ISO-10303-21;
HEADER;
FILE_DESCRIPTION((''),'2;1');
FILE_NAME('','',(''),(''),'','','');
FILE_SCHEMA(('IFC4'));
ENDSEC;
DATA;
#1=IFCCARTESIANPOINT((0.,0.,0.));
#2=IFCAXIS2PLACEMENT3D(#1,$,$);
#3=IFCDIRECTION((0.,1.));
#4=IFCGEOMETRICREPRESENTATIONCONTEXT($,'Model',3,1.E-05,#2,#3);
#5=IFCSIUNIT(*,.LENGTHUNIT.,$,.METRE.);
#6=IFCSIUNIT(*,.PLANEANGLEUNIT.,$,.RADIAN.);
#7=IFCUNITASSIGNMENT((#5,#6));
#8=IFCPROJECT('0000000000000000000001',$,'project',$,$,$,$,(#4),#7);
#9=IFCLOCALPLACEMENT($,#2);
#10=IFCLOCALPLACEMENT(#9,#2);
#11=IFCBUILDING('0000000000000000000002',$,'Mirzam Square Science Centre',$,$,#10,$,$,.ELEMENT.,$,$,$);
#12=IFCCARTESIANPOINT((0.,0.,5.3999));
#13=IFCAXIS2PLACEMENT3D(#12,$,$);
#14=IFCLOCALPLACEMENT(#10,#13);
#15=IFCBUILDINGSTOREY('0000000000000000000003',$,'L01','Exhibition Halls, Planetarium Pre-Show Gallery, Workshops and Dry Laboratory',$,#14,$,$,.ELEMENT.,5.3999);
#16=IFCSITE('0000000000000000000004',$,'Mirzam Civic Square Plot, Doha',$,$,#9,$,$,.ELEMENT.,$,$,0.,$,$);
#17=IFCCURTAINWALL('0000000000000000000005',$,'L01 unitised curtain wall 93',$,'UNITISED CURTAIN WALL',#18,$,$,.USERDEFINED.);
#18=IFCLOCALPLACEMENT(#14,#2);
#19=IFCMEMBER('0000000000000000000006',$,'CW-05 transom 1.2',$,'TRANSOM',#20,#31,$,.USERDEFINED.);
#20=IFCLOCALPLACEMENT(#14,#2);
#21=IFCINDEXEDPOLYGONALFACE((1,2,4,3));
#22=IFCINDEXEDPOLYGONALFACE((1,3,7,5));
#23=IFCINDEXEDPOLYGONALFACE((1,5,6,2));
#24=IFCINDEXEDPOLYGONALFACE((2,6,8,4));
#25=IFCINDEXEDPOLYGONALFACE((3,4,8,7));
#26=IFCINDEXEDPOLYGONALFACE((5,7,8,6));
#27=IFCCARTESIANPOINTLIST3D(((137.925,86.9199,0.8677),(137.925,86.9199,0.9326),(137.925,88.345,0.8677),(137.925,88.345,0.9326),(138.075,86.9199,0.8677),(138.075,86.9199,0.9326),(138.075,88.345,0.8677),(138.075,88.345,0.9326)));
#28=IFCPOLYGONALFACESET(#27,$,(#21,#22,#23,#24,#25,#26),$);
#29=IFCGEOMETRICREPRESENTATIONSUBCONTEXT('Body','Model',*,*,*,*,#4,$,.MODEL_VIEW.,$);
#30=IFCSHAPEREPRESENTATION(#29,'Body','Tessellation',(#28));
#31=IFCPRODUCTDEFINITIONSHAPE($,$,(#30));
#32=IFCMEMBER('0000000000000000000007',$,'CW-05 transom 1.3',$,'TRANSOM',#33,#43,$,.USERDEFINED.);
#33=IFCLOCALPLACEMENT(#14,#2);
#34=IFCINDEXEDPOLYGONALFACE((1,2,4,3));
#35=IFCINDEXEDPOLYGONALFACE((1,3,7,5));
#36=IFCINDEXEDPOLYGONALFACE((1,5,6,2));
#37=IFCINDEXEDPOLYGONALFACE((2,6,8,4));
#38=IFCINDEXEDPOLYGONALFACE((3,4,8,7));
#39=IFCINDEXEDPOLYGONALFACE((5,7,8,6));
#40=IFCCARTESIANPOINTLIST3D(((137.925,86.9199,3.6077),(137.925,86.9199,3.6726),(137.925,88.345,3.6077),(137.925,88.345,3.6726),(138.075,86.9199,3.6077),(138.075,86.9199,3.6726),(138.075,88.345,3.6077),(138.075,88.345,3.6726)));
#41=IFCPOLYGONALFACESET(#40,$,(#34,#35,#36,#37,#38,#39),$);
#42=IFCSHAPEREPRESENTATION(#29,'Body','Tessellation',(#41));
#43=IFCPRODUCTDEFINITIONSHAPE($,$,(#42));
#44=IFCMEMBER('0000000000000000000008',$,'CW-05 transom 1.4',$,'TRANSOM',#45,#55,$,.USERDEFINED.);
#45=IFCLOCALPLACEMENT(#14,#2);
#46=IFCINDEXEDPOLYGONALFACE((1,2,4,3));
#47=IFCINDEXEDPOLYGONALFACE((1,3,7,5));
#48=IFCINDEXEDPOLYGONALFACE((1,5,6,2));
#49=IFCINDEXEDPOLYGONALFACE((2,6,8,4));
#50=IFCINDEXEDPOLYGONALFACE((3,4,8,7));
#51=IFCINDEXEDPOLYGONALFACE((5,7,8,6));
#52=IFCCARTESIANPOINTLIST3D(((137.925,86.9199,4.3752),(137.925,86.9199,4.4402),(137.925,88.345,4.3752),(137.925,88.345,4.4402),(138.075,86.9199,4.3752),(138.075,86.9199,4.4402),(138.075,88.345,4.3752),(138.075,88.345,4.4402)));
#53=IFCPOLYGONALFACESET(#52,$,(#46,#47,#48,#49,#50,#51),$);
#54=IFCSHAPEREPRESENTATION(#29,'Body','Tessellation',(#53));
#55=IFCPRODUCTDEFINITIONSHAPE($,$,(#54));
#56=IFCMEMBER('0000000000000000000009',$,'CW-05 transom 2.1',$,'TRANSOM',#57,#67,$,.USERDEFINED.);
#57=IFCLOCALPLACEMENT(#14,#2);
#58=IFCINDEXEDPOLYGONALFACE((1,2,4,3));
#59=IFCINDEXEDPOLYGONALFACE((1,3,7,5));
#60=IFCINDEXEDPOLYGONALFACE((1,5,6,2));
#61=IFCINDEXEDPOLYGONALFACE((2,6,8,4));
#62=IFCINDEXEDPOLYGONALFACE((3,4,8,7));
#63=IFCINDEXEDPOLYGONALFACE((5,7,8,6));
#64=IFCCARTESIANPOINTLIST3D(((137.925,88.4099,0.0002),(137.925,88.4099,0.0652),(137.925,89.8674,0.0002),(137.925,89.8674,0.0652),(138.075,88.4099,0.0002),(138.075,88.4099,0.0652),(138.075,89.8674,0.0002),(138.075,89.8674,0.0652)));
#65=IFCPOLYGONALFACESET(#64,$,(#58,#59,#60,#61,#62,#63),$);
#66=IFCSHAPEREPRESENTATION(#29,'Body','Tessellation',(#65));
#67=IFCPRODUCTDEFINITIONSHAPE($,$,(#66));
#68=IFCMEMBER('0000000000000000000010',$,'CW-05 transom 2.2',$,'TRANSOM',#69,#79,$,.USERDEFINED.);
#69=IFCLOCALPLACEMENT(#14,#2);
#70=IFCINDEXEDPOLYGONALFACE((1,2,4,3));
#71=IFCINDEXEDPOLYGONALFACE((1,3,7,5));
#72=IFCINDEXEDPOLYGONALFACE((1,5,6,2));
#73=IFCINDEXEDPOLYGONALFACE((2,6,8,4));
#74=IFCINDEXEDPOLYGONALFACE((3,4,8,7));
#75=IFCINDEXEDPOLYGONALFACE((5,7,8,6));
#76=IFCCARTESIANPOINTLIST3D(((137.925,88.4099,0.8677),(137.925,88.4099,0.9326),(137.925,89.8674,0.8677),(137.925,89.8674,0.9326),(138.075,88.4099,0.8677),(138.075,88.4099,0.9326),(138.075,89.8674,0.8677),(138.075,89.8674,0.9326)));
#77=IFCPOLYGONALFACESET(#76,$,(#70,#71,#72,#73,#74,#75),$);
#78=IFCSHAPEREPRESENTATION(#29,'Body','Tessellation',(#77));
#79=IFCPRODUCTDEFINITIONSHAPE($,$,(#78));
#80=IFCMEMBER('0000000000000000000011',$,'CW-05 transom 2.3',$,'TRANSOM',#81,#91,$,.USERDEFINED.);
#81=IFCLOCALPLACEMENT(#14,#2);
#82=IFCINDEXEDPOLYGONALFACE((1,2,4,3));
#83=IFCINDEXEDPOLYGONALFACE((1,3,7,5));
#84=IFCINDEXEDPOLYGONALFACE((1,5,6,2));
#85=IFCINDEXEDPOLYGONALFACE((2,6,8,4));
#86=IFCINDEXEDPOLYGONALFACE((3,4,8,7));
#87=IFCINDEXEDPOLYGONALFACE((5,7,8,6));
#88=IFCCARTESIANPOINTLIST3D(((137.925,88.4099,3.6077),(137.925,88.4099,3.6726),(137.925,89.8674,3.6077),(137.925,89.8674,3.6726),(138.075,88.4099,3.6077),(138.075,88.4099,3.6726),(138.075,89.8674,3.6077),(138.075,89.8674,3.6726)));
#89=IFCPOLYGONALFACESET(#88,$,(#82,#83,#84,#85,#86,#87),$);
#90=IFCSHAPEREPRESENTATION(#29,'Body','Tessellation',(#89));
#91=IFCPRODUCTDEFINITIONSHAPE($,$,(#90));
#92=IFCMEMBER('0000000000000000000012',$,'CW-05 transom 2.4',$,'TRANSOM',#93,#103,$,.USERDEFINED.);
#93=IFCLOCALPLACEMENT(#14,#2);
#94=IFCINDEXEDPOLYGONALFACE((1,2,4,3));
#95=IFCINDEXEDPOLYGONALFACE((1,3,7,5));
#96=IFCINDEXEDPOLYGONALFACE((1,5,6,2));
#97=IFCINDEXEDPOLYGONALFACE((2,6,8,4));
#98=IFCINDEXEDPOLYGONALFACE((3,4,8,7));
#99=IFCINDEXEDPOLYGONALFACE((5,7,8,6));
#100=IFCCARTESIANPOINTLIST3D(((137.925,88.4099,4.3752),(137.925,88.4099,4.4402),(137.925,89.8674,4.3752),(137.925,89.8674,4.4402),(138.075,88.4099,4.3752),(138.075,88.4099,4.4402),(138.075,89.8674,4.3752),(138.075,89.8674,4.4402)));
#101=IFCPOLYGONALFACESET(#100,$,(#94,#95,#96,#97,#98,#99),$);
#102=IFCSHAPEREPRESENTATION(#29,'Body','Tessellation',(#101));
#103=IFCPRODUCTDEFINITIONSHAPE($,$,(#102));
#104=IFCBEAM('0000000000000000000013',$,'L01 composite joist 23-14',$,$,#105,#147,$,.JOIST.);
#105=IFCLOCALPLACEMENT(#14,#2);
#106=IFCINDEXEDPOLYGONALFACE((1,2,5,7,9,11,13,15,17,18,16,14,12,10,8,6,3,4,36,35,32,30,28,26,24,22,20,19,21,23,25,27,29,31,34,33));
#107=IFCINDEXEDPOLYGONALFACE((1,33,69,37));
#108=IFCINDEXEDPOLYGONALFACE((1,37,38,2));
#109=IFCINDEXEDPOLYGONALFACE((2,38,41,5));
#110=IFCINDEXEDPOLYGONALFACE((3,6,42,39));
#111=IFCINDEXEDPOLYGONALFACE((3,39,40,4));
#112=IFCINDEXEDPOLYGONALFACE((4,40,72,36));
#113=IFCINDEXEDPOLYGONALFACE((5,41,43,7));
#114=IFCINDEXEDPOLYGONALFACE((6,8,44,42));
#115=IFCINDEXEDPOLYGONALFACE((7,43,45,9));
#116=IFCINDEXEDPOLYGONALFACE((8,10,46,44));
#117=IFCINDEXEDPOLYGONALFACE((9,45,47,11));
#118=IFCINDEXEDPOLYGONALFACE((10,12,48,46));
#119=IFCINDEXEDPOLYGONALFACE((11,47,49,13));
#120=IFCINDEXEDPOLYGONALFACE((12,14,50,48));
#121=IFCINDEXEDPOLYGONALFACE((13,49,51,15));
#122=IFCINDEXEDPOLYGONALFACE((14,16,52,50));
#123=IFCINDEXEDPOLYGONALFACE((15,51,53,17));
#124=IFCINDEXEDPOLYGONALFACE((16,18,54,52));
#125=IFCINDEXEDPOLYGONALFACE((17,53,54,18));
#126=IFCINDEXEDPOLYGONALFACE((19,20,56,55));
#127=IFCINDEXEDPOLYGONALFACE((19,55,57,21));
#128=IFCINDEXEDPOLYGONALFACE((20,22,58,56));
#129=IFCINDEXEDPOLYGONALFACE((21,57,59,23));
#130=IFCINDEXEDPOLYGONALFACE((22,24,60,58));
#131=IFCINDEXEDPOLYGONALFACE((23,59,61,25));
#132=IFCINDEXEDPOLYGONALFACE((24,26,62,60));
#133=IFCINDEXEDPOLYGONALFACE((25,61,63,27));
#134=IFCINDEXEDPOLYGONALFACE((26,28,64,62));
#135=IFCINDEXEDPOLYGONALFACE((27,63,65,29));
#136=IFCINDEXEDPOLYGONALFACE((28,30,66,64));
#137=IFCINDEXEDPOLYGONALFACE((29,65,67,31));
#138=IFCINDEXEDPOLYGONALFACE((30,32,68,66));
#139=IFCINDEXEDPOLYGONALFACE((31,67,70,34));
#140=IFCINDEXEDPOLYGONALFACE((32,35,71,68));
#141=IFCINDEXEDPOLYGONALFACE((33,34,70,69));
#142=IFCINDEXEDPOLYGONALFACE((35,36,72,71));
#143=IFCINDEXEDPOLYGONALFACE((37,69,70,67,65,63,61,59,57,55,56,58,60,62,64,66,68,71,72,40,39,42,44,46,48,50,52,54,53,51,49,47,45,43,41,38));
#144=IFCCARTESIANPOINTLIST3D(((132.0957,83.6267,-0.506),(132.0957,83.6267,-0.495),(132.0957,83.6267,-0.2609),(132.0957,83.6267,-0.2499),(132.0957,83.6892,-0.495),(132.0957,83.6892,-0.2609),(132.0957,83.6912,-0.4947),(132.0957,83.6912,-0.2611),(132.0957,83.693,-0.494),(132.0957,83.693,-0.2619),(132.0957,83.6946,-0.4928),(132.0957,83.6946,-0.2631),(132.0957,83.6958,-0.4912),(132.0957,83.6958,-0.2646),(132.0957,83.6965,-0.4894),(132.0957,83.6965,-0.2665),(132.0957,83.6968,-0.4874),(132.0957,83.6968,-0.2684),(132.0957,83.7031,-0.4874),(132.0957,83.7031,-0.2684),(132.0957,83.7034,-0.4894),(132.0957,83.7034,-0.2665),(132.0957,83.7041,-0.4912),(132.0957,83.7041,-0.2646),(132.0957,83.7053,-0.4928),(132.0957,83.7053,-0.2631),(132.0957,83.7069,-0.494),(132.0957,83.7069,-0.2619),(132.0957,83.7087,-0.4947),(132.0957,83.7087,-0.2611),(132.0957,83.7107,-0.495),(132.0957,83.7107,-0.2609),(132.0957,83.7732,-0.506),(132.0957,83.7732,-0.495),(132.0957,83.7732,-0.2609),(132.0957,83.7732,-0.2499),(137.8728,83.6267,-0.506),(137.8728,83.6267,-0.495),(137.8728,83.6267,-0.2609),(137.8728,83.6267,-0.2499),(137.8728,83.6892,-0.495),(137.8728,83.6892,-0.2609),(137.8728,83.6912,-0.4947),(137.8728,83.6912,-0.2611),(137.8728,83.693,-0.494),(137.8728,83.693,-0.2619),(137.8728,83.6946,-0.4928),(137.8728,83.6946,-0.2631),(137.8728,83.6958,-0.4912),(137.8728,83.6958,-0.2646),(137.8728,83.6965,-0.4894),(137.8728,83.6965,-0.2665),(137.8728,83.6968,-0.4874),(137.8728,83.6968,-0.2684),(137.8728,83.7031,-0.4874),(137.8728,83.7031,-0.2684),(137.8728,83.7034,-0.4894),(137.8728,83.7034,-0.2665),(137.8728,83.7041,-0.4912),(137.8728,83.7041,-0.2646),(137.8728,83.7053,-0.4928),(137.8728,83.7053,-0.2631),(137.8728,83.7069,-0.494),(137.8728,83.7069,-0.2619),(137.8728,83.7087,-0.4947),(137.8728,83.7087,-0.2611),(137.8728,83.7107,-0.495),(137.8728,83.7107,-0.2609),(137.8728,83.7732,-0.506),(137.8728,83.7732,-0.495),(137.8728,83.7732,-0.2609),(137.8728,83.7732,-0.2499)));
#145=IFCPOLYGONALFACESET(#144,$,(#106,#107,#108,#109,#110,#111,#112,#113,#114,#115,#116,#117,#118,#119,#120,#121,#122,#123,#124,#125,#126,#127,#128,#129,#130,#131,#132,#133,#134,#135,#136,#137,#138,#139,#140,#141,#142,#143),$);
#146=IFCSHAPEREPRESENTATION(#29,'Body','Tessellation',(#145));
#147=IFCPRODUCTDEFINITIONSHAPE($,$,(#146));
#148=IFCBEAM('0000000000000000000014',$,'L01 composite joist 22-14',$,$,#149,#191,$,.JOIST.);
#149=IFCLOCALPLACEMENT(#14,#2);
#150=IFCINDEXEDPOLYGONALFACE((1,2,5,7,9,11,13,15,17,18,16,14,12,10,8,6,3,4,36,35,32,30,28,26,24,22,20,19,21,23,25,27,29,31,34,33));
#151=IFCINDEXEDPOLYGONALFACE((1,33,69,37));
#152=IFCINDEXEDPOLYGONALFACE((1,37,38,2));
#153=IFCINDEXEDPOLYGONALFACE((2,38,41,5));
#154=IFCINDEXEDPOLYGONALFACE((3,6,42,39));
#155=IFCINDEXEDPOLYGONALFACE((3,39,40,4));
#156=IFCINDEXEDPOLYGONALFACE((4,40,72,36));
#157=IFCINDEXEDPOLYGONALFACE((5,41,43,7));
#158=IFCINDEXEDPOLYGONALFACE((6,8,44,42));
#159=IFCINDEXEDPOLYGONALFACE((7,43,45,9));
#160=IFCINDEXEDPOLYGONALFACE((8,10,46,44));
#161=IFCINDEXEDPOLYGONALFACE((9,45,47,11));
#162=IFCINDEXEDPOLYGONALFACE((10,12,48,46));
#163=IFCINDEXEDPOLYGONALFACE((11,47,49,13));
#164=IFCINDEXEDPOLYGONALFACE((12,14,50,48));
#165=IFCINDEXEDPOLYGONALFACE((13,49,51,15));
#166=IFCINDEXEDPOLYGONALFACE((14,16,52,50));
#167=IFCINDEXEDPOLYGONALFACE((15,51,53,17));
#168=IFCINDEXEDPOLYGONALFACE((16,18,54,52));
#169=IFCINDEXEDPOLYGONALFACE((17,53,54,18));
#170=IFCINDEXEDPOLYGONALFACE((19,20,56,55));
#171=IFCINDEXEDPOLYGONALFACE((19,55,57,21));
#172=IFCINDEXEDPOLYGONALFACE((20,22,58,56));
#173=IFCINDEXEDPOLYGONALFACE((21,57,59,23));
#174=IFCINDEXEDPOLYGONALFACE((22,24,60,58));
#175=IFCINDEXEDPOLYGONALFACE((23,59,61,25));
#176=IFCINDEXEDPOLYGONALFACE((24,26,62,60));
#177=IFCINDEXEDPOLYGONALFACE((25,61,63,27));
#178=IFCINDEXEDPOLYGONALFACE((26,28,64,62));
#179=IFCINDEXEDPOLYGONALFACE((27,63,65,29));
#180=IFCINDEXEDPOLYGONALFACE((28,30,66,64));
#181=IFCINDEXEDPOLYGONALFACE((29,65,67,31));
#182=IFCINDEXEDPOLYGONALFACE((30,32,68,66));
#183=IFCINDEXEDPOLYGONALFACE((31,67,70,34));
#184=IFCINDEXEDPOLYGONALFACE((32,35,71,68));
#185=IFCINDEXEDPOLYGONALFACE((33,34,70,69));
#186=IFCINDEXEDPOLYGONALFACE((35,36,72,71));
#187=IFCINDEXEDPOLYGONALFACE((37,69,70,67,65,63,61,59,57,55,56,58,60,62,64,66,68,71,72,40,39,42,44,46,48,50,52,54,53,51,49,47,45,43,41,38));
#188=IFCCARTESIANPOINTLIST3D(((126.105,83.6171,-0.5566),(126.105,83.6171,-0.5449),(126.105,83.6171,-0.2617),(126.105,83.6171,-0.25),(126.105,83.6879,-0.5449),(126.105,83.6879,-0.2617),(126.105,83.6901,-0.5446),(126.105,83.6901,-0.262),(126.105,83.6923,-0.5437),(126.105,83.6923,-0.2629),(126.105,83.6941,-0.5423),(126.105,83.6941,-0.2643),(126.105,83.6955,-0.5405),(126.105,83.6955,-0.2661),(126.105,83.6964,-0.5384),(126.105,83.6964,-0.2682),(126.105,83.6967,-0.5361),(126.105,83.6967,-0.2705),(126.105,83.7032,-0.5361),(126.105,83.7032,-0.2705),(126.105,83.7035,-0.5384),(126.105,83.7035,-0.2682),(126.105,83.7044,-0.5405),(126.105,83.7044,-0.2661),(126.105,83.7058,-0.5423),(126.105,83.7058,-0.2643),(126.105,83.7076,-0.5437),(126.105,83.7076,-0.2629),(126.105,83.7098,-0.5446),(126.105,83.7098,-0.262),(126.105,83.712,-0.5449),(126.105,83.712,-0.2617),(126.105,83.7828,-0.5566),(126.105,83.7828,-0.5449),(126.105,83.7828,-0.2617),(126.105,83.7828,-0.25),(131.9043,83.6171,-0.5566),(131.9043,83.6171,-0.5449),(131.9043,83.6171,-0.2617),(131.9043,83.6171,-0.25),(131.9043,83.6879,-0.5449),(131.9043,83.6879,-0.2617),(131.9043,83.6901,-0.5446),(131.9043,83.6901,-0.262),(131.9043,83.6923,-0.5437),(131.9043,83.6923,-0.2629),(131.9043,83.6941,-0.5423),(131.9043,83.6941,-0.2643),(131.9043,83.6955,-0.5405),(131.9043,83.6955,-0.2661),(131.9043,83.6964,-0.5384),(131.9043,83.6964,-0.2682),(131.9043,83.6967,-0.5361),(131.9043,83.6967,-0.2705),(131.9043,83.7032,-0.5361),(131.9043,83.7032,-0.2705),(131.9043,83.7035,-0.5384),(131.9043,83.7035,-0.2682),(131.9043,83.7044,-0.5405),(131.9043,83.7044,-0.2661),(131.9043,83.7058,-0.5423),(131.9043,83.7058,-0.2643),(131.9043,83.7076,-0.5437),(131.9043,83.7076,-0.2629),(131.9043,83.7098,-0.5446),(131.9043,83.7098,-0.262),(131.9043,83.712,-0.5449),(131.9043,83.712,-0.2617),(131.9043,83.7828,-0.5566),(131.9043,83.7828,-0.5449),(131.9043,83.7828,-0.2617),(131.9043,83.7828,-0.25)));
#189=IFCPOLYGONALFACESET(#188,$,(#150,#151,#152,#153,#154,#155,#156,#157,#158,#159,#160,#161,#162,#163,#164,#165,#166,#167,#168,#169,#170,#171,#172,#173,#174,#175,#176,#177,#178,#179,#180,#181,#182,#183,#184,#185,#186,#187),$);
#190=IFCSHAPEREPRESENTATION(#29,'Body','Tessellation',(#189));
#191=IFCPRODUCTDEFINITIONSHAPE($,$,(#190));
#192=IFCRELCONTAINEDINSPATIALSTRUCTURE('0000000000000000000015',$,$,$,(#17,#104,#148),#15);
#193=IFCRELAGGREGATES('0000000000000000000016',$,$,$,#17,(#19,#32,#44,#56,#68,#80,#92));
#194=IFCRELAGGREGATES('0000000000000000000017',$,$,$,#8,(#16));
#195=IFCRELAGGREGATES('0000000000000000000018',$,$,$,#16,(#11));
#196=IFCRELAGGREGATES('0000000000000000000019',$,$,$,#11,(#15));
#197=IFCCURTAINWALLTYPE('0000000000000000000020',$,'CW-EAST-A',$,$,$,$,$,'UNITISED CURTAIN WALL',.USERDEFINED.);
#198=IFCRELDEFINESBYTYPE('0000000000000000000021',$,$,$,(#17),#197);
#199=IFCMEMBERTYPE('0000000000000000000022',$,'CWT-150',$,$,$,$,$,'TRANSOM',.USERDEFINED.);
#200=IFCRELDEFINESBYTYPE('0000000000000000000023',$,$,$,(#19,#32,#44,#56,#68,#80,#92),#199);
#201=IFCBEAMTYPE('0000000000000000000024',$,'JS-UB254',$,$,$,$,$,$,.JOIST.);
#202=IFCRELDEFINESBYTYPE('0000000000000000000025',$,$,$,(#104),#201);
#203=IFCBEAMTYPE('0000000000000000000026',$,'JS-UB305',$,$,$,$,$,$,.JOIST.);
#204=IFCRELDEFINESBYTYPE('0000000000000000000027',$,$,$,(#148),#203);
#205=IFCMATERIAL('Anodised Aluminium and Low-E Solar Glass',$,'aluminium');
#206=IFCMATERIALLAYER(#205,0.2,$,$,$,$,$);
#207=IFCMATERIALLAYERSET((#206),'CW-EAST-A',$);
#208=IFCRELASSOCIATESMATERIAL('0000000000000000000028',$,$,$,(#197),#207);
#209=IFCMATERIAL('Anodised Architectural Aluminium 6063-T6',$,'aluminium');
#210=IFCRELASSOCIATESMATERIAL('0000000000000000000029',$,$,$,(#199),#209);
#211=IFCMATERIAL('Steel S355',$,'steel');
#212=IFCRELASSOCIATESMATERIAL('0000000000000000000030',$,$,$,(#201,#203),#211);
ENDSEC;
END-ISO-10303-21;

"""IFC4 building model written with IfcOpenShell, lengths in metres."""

from ifc_helpers import new_model, si_unit, direction, frame, origin, origin_2d, place, context, subcontext, project, spatial, rectangle, i_section, extrude, material, layer, layer_set, material_profile, profile_set, type_object, element, aggregate, save


model = new_model("IFC4")

# Units and contexts
model_context = context("Model", 3, precision=1e-05, world=origin(), true_north=direction((0.0, 1.0)))
body_context = subcontext(model_context, "Body", "Model", "MODEL_VIEW")
ifc_project = project(units=[si_unit("LENGTHUNIT", "METRE"), si_unit("PLANEANGLEUNIT", "RADIAN")], contexts=[model_context])

# Site, building, storey
site_placement = place(None, origin())
site = spatial("IfcSite", under=ifc_project, at=site_placement, Name="Mirzam Civic Square Plot, Doha", CompositionType="ELEMENT", RefElevation=0.0)
building_placement = place(site_placement, origin())
building = spatial("IfcBuilding", under=site, at=building_placement, Name="Mirzam Square Science Centre", CompositionType="ELEMENT")
storey_placement = place(building_placement, frame((0.0, 0.0, 5.3999)))
storey = spatial("IfcBuildingStorey", under=building, at=storey_placement, Name="L01", Description="Exhibition Halls, Planetarium Pre-Show Gallery, Workshops and Dry Laboratory", CompositionType="ELEMENT", Elevation=5.3999)

# Shared definitions
ifc_material_1 = material(Name="Steel S355", Category="steel")

# Curtain wall, members
ifc_material_2 = material(Name="Anodised Aluminium and Low-E Solar Glass", Category="aluminium")
ifc_layer_1 = layer(ifc_material_2, 0.2)
ifc_layer_set_1 = layer_set([ifc_layer_1], Name="CW-EAST-A")
curtain_wall_type = type_object("IfcCurtainWallType", Name="CW-EAST-A", ElementType="UNITISED CURTAIN WALL", PredefinedType="USERDEFINED", material=ifc_layer_set_1)
curtain_wall_placement = place(storey_placement, origin())
curtain_wall = element("IfcCurtainWall", 1, at=curtain_wall_placement, inside=storey, type_object=curtain_wall_type, Name="L01 unitised curtain wall 93", ObjectType="UNITISED CURTAIN WALL", PredefinedType="USERDEFINED")
ifc_material_3 = material(Name="Anodised Architectural Aluminium 6063-T6", Category="aluminium")
ifc_material_profile_1 = material_profile(ifc_material_3, rectangle(XDim=0.1499, YDim=0.0649, at=origin_2d()), Name="ALU-TRAN-150x65x4")
ifc_profile_set_1 = profile_set([ifc_material_profile_1], Name="Anodised Architectural Aluminium 6063-T6")
member_type_1 = type_object("IfcMemberType", Name="CWT-150", ElementType="TRANSOM", PredefinedType="USERDEFINED", material=ifc_profile_set_1)
member_1_placement = place(storey_placement, frame((138.0, 86.9199, 0.9001), z_axis=(0.0, 1.0, 0.0), x_axis=(-1.0, 0.0, 0.0)))
member_1 = element("IfcMember", 2, at=member_1_placement, type_object=member_type_1, Name="CW-05 transom 1.2", ObjectType="TRANSOM", PredefinedType="USERDEFINED", context=body_context, shape_type="SweptSolid", body=[
    extrude(rectangle(XDim=0.1499, YDim=0.0649, at=origin_2d()), origin(), (0.0, 0.0, 1.0), 1.425),
])
member_2_placement = place(storey_placement, frame((138.0, 86.9199, 3.6401), z_axis=(0.0, 1.0, 0.0), x_axis=(-1.0, 0.0, 0.0)))
member_2 = element("IfcMember", 3, at=member_2_placement, type_object=member_type_1, Name="CW-05 transom 1.3", ObjectType="TRANSOM", PredefinedType="USERDEFINED", context=body_context, shape_type="SweptSolid", body=[
    extrude(rectangle(XDim=0.1499, YDim=0.0649, at=origin_2d()), origin(), (0.0, 0.0, 1.0), 1.425),
])
member_3_placement = place(storey_placement, frame((138.0, 86.9199, 4.4077), z_axis=(0.0, 1.0, 0.0), x_axis=(-1.0, 0.0, 0.0)))
member_3 = element("IfcMember", 4, at=member_3_placement, type_object=member_type_1, Name="CW-05 transom 1.4", ObjectType="TRANSOM", PredefinedType="USERDEFINED", context=body_context, shape_type="SweptSolid", body=[
    extrude(rectangle(XDim=0.1499, YDim=0.0649, at=origin_2d()), origin(), (0.0, 0.0, 1.0), 1.425),
])
member_4_placement = place(storey_placement, frame((138.0, 88.4099, 0.0327), z_axis=(0.0, 1.0, 0.0), x_axis=(-1.0, 0.0, 0.0)))
member_4 = element("IfcMember", 5, at=member_4_placement, type_object=member_type_1, Name="CW-05 transom 2.1", ObjectType="TRANSOM", PredefinedType="USERDEFINED", context=body_context, shape_type="SweptSolid", body=[
    extrude(rectangle(XDim=0.1499, YDim=0.0649, at=origin_2d()), origin(), (0.0, 0.0, 1.0), 1.4575),
])
member_5_placement = place(storey_placement, frame((138.0, 88.4099, 0.9001), z_axis=(0.0, 1.0, 0.0), x_axis=(-1.0, 0.0, 0.0)))
member_5 = element("IfcMember", 6, at=member_5_placement, type_object=member_type_1, Name="CW-05 transom 2.2", ObjectType="TRANSOM", PredefinedType="USERDEFINED", context=body_context, shape_type="SweptSolid", body=[
    extrude(rectangle(XDim=0.1499, YDim=0.0649, at=origin_2d()), origin(), (0.0, 0.0, 1.0), 1.4575),
])
member_6_placement = place(storey_placement, frame((138.0, 88.4099, 3.6401), z_axis=(0.0, 1.0, 0.0), x_axis=(-1.0, 0.0, 0.0)))
member_6 = element("IfcMember", 7, at=member_6_placement, type_object=member_type_1, Name="CW-05 transom 2.3", ObjectType="TRANSOM", PredefinedType="USERDEFINED", context=body_context, shape_type="SweptSolid", body=[
    extrude(rectangle(XDim=0.1499, YDim=0.0649, at=origin_2d()), origin(), (0.0, 0.0, 1.0), 1.4575),
])
member_7_placement = place(storey_placement, frame((138.0, 88.4099, 4.4077), z_axis=(0.0, 1.0, 0.0), x_axis=(-1.0, 0.0, 0.0)))
member_7 = element("IfcMember", 8, at=member_7_placement, type_object=member_type_1, Name="CW-05 transom 2.4", ObjectType="TRANSOM", PredefinedType="USERDEFINED", context=body_context, shape_type="SweptSolid", body=[
    extrude(rectangle(XDim=0.1499, YDim=0.0649, at=origin_2d()), origin(), (0.0, 0.0, 1.0), 1.4575),
])

# Beams
ifc_material_profile_2 = material_profile(ifc_material_1, i_section(OverallWidth=0.1465, OverallDepth=0.2561, WebThickness=0.0063, FlangeThickness=0.011, FilletRadius=0.0076, at=origin_2d()), Name="254x146x37UB")
ifc_profile_set_2 = profile_set([ifc_material_profile_2], Name="Steel S355")
beam_type_1 = type_object("IfcBeamType", Name="JS-UB254", PredefinedType="JOIST", material=ifc_profile_set_2)
beam_1_placement = place(storey_placement, frame((132.0957, 83.7, -0.3779), z_axis=(1.0, 0.0, 0.0), x_axis=(0.0, 1.0, 0.0)))
element("IfcBeam", 9, at=beam_1_placement, inside=storey, type_object=beam_type_1, Name="L01 composite joist 23-14", PredefinedType="JOIST", context=body_context, shape_type="SweptSolid", body=[
    extrude(i_section(OverallWidth=0.1465, OverallDepth=0.2561, WebThickness=0.0063, FlangeThickness=0.011, FilletRadius=0.0076, at=origin_2d()), origin(), (0.0, 0.0, 1.0), 5.7771),
])
ifc_material_profile_3 = material_profile(ifc_material_1, i_section(OverallWidth=0.1658, OverallDepth=0.3066, WebThickness=0.0066, FlangeThickness=0.0117, FilletRadius=0.0088, at=origin_2d()), Name="305x165x46UB")
ifc_profile_set_3 = profile_set([ifc_material_profile_3], Name="Steel S355")
beam_type_2 = type_object("IfcBeamType", Name="JS-UB305", PredefinedType="JOIST", material=ifc_profile_set_3)
beam_2_placement = place(storey_placement, frame((126.105, 83.7, -0.4033), z_axis=(1.0, 0.0, 0.0), x_axis=(0.0, 1.0, 0.0)))
element("IfcBeam", 10, at=beam_2_placement, inside=storey, type_object=beam_type_2, Name="L01 composite joist 22-14", PredefinedType="JOIST", context=body_context, shape_type="SweptSolid", body=[
    extrude(i_section(OverallWidth=0.1658, OverallDepth=0.3066, WebThickness=0.0066, FlangeThickness=0.0117, FilletRadius=0.0088, at=origin_2d()), origin(), (0.0, 0.0, 1.0), 5.7993),
])

aggregate(curtain_wall, [member_1, member_2, member_3, member_4, member_5, member_6, member_7])

save(model, "model.ifc")
